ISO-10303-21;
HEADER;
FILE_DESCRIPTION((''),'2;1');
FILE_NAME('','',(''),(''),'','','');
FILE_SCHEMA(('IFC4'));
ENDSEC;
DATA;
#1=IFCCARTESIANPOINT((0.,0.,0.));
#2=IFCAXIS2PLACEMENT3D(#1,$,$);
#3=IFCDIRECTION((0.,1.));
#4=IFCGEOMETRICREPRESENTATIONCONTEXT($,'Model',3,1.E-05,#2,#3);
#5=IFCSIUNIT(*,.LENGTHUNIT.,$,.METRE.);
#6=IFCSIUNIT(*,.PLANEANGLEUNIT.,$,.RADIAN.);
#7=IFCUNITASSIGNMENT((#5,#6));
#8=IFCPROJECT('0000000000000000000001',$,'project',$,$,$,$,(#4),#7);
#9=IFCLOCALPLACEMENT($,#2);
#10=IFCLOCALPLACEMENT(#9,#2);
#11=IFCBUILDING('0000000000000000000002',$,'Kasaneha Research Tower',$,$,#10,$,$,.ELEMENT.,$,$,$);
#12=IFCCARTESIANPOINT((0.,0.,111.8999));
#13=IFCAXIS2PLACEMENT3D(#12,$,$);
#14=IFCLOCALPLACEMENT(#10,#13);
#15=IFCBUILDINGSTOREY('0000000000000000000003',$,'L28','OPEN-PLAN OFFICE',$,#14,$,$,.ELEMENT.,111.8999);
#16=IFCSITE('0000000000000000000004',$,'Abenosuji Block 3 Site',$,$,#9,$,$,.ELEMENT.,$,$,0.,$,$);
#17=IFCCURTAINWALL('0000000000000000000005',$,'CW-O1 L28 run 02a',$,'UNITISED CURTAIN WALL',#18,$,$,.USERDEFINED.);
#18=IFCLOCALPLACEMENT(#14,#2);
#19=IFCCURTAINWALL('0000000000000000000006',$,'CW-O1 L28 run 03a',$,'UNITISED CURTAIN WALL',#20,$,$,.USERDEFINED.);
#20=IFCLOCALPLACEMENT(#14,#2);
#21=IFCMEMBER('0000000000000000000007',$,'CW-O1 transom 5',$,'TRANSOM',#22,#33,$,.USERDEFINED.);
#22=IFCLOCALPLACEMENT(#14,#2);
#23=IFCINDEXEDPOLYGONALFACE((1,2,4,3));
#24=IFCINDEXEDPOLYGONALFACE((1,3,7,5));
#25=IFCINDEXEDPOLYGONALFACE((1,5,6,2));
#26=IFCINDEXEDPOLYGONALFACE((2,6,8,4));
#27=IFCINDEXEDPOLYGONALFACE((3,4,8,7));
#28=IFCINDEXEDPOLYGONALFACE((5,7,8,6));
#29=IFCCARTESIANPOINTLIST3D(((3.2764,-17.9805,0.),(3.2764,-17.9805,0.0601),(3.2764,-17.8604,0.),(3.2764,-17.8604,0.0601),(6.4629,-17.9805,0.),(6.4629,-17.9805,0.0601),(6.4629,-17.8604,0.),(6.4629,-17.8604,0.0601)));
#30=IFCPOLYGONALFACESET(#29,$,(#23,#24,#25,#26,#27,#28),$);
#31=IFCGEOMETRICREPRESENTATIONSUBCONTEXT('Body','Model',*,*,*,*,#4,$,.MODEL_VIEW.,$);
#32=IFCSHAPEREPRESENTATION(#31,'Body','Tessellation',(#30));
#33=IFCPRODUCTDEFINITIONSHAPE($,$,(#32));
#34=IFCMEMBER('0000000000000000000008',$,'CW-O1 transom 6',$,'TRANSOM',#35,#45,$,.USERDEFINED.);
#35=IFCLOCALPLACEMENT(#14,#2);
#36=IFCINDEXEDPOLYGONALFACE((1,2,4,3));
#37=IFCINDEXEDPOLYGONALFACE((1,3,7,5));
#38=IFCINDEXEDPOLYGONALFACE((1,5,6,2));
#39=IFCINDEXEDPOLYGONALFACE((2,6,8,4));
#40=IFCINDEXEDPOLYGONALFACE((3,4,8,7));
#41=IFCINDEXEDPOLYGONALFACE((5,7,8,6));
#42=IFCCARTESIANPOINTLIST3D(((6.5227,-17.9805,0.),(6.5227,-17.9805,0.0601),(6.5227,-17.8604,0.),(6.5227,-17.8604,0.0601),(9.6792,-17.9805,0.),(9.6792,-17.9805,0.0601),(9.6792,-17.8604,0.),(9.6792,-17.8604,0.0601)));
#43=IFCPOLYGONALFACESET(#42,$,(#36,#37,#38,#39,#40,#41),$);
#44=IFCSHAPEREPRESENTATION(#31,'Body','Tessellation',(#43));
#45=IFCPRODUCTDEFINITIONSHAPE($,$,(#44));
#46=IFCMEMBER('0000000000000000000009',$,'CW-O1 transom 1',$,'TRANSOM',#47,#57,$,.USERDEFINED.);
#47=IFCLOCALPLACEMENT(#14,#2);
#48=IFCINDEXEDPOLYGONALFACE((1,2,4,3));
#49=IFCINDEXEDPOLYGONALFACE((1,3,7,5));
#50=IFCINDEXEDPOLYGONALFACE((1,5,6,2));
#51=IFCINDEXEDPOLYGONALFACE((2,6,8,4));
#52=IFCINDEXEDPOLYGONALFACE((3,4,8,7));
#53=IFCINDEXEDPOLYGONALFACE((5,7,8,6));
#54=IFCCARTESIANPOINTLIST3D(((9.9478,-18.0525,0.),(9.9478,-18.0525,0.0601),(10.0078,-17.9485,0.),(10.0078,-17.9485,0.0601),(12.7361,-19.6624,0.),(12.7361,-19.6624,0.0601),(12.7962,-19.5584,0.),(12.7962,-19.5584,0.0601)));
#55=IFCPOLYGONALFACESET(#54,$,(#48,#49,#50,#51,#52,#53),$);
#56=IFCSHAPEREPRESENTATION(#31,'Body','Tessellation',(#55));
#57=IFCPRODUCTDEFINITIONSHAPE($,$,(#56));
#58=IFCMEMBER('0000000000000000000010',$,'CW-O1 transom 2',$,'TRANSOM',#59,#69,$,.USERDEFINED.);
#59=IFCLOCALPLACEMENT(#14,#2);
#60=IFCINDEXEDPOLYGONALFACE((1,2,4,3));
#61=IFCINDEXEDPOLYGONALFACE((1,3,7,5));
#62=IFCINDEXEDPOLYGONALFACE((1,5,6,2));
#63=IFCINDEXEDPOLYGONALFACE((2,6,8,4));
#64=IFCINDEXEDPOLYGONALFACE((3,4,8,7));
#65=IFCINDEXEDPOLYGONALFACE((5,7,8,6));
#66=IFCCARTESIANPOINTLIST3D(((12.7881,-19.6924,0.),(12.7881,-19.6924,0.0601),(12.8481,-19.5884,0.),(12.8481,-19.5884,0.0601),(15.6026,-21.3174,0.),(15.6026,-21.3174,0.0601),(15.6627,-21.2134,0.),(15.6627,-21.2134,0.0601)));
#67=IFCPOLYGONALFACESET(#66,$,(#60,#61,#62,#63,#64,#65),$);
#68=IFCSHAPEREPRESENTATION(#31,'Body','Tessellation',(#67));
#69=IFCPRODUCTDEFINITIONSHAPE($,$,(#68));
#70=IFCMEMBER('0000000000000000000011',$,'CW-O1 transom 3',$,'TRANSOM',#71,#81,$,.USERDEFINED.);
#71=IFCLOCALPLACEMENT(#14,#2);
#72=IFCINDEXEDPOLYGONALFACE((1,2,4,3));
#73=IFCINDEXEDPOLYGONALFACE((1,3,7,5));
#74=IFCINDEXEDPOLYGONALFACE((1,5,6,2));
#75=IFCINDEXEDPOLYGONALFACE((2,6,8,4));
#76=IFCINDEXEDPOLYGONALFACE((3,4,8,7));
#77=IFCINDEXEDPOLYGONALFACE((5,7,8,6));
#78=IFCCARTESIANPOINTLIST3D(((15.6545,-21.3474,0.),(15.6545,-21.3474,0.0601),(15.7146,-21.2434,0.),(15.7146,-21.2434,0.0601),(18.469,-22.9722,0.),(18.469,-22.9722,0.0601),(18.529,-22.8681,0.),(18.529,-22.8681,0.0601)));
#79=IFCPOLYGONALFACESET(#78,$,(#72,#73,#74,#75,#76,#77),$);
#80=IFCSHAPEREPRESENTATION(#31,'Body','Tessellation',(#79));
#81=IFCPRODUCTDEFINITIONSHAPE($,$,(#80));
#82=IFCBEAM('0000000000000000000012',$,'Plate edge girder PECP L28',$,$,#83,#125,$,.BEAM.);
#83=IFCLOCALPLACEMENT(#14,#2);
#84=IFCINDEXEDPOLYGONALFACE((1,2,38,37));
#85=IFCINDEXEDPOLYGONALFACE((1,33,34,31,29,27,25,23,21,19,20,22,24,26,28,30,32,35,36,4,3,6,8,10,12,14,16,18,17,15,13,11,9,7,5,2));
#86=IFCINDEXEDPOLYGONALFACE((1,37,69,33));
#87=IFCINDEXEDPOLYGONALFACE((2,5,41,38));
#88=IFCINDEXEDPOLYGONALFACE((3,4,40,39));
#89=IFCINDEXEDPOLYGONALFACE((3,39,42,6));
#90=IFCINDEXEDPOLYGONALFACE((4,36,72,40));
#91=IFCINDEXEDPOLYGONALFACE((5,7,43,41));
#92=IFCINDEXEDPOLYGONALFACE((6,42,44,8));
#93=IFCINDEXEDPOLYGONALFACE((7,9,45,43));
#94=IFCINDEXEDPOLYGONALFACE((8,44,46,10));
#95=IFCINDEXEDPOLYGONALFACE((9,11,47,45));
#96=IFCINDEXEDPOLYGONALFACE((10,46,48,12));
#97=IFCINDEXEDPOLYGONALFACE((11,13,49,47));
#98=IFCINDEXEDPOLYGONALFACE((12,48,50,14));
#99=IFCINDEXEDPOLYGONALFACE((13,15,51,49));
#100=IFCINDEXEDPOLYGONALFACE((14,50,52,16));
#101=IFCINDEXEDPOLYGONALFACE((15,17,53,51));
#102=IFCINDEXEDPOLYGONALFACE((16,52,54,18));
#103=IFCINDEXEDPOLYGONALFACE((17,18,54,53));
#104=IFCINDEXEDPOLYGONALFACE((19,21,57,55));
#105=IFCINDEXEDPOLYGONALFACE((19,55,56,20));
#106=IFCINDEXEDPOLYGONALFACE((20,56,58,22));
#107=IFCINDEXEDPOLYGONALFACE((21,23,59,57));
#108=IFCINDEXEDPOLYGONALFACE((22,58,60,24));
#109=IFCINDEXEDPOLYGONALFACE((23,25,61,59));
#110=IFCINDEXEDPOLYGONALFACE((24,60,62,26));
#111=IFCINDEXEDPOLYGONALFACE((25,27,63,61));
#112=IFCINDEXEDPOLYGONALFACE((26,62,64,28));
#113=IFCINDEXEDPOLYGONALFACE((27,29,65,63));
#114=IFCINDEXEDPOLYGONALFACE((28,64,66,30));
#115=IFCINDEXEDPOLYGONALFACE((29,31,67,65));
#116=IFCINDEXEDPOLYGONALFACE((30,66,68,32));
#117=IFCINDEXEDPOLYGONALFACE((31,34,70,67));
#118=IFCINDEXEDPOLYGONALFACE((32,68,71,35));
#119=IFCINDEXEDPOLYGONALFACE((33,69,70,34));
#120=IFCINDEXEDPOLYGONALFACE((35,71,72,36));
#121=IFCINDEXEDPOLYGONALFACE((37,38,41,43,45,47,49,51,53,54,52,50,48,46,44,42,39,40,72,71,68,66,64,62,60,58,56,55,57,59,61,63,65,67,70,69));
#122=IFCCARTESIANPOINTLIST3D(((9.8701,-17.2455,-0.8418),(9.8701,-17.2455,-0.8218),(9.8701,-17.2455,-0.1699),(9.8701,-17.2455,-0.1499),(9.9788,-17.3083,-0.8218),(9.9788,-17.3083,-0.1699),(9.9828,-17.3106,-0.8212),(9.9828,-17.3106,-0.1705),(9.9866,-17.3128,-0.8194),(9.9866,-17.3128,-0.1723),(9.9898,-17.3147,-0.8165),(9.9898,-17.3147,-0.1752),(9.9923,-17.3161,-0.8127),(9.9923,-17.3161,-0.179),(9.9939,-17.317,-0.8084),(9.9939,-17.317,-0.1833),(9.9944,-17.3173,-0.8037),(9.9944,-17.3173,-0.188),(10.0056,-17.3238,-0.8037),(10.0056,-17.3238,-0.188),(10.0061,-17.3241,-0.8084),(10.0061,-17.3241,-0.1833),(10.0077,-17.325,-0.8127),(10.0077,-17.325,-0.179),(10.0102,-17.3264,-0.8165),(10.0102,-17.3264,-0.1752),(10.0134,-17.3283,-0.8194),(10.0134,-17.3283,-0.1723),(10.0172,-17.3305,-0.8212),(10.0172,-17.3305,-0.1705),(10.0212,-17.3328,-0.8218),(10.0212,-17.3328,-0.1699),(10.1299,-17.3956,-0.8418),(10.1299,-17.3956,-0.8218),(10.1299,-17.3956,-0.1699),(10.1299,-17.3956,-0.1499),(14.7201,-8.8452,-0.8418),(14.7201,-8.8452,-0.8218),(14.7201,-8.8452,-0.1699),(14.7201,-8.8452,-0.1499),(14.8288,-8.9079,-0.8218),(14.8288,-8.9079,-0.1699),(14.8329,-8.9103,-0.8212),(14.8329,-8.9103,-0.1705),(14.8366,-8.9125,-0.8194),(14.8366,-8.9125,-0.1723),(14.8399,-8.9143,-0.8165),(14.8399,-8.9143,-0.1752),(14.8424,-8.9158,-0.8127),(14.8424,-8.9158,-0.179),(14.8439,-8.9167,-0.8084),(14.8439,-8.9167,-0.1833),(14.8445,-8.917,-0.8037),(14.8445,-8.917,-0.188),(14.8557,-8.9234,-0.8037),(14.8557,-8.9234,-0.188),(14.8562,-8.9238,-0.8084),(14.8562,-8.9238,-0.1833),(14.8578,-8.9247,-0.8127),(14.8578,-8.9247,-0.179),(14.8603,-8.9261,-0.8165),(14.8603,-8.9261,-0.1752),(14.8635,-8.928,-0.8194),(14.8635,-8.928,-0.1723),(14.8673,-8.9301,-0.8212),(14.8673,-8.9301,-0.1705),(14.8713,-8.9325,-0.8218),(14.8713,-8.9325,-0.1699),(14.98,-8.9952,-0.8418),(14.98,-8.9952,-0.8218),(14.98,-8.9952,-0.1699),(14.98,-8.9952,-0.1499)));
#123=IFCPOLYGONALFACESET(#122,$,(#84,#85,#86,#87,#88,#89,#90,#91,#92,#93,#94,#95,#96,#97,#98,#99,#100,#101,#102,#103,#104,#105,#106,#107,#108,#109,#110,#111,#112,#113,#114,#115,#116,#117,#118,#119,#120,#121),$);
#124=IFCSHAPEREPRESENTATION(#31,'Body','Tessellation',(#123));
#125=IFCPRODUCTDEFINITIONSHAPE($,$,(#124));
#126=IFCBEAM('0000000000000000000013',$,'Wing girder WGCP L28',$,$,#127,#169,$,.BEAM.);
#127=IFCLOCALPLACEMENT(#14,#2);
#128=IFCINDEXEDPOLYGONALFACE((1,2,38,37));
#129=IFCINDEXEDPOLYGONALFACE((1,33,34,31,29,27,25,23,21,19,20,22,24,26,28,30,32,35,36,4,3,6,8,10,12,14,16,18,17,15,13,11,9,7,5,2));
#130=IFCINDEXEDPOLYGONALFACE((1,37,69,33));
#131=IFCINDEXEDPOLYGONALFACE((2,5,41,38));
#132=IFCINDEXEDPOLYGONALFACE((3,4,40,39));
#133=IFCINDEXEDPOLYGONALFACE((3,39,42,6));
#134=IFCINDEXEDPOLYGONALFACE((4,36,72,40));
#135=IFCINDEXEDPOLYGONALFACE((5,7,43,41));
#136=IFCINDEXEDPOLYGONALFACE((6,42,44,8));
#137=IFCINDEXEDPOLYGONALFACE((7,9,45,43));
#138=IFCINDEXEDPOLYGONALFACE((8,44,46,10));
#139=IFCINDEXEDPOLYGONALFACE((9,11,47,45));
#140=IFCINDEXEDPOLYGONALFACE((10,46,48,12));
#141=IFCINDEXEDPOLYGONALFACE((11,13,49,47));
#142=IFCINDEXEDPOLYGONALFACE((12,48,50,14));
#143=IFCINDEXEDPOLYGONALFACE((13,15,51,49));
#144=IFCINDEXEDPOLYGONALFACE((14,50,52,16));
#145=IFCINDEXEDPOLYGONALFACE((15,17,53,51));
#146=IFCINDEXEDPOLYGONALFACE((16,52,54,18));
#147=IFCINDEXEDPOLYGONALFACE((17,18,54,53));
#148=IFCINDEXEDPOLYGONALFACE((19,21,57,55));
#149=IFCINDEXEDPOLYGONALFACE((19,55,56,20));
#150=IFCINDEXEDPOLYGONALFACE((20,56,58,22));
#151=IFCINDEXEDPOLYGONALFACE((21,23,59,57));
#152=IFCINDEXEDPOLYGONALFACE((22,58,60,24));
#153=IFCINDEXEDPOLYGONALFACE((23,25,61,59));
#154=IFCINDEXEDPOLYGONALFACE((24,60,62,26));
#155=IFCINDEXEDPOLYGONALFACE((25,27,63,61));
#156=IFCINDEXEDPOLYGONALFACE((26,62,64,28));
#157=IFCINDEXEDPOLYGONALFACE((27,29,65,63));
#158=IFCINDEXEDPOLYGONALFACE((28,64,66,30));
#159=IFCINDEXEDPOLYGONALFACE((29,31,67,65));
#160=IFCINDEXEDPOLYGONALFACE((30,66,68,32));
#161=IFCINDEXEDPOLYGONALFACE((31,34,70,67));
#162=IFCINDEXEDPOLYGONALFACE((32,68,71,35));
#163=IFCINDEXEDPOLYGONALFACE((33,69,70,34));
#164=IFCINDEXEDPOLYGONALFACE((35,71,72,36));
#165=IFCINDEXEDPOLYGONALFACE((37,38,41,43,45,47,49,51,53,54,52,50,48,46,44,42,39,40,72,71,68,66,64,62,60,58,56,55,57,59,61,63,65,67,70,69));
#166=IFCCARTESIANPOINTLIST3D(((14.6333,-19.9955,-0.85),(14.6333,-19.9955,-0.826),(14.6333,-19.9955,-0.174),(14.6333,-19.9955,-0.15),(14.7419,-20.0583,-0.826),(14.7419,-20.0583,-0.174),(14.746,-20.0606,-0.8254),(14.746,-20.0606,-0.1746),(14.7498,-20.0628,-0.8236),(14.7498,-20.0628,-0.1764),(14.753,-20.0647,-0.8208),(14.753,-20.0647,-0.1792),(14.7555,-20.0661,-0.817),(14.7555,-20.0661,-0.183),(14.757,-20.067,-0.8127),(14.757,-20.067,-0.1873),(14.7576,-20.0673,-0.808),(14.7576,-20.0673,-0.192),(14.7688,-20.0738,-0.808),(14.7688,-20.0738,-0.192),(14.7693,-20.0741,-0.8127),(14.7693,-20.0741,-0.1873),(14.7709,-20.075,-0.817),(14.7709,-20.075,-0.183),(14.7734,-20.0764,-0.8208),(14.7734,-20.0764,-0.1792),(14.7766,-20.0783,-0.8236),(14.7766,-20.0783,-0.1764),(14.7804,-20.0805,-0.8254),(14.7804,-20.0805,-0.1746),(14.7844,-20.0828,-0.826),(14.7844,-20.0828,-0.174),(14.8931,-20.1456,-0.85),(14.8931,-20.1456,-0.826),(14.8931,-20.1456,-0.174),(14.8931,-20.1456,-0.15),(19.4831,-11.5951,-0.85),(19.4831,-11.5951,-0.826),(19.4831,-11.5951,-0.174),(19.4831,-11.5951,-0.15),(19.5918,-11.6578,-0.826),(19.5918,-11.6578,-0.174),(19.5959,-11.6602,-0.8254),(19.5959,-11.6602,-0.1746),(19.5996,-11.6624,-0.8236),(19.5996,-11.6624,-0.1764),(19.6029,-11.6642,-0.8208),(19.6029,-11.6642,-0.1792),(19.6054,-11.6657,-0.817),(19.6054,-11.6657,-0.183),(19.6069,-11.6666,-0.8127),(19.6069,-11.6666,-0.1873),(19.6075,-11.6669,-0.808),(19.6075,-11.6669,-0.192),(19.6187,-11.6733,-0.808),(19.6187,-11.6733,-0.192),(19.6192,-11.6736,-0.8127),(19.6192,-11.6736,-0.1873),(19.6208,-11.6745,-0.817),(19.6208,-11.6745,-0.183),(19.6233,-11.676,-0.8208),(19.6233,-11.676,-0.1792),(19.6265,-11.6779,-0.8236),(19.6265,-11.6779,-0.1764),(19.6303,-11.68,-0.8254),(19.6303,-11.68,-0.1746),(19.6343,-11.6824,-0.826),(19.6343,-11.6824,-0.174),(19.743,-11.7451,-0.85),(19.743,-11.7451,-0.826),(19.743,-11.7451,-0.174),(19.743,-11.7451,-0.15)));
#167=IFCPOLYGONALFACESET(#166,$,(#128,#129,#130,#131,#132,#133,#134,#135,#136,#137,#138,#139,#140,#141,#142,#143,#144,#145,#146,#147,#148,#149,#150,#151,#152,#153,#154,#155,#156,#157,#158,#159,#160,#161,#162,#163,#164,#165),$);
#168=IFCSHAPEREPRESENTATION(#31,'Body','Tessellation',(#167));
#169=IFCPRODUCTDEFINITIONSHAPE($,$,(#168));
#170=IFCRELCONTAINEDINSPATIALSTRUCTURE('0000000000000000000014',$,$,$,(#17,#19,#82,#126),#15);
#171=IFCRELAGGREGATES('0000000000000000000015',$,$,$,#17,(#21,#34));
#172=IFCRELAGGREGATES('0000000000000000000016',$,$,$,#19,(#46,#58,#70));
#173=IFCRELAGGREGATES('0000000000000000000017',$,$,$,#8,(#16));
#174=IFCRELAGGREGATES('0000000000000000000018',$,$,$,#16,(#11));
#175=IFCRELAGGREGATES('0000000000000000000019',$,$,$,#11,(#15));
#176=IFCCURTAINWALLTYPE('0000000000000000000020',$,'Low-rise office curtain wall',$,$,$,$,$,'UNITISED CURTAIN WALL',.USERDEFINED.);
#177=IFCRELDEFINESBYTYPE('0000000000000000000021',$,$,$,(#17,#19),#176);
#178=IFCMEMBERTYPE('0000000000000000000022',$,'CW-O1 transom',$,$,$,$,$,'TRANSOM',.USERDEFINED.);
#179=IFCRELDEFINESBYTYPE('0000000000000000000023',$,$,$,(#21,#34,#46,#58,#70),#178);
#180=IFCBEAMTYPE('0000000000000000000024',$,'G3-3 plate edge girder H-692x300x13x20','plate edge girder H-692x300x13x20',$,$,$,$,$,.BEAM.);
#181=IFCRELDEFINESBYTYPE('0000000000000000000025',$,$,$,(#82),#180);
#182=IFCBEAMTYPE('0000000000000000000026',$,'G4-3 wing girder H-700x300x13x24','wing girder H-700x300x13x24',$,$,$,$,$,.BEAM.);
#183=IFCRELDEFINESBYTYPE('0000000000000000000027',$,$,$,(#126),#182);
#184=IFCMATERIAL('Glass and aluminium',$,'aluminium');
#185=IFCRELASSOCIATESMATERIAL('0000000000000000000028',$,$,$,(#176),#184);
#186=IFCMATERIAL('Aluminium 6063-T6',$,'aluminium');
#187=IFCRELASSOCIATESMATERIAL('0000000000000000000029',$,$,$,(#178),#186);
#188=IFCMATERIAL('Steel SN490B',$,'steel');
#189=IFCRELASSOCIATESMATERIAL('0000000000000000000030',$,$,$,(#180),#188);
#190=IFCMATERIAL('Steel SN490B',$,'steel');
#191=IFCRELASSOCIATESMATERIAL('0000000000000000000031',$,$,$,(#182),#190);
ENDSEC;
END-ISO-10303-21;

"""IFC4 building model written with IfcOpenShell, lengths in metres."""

from ifc_helpers import new_model, si_unit, direction, frame, origin, origin_2d, place, context, subcontext, project, spatial, rectangle, i_section, extrude, material, material_profile, profile_set, type_object, element, aggregate, save


model = new_model("IFC4")

# Units and contexts
model_context = context("Model", 3, precision=1e-05, world=origin(), true_north=direction((0.0, 1.0)))
body_context = subcontext(model_context, "Body", "Model", "MODEL_VIEW")
ifc_project = project(units=[si_unit("LENGTHUNIT", "METRE"), si_unit("PLANEANGLEUNIT", "RADIAN")], contexts=[model_context])

# Site, building, storey
site_placement = place(None, origin())
site = spatial("IfcSite", under=ifc_project, at=site_placement, Name="Abenosuji Block 3 Site", CompositionType="ELEMENT", RefElevation=0.0)
building_placement = place(site_placement, origin())
building = spatial("IfcBuilding", under=site, at=building_placement, Name="Kasaneha Research Tower", CompositionType="ELEMENT")
storey_placement = place(building_placement, frame((0.0, 0.0, 111.8999)))
storey = spatial("IfcBuildingStorey", under=building, at=storey_placement, Name="L28", Description="OPEN-PLAN OFFICE", CompositionType="ELEMENT", Elevation=111.8999)

# Curtain walls
ifc_material_1 = material(Name="Glass and aluminium", Category="aluminium")
curtain_wall_type = type_object("IfcCurtainWallType", Name="Low-rise office curtain wall", ElementType="UNITISED CURTAIN WALL", PredefinedType="USERDEFINED", material=ifc_material_1)
curtain_wall_1_placement = place(storey_placement, origin())
curtain_wall_1 = element("IfcCurtainWall", 1, at=curtain_wall_1_placement, inside=storey, type_object=curtain_wall_type, Name="CW-O1 L28 run 02a", ObjectType="UNITISED CURTAIN WALL", PredefinedType="USERDEFINED")
curtain_wall_2_placement = place(storey_placement, origin())
curtain_wall_2 = element("IfcCurtainWall", 2, at=curtain_wall_2_placement, inside=storey, type_object=curtain_wall_type, Name="CW-O1 L28 run 03a", ObjectType="UNITISED CURTAIN WALL", PredefinedType="USERDEFINED")

# Members
ifc_material_2 = material(Name="Aluminium 6063-T6", Category="aluminium")
ifc_material_profile_1 = material_profile(ifc_material_2, rectangle(XDim=0.1201, YDim=0.0601, at=origin_2d()), Name="CW-O1 transom 120x60")
ifc_profile_set_1 = profile_set([ifc_material_profile_1], Name="Aluminium 6063-T6")
member_type_1 = type_object("IfcMemberType", Name="CW-O1 transom", ElementType="TRANSOM", PredefinedType="USERDEFINED", material=ifc_profile_set_1)
member_1_placement = place(storey_placement, frame((3.2764, -17.9204, 0.03), z_axis=(1.0, 0.0, 0.0), x_axis=(0.0, 1.0, 0.0)))
member_1 = element("IfcMember", 3, at=member_1_placement, type_object=member_type_1, Name="CW-O1 transom 5", ObjectType="TRANSOM", PredefinedType="USERDEFINED", context=body_context, shape_type="SweptSolid", body=[
    extrude(rectangle(XDim=0.1201, YDim=0.0601, at=origin_2d()), origin(), (0.0, 0.0, 1.0), 3.1865),
])
member_2_placement = place(storey_placement, frame((6.5227, -17.9204, 0.03), z_axis=(1.0, 0.0, 0.0), x_axis=(0.0, 1.0, 0.0)))
member_2 = element("IfcMember", 4, at=member_2_placement, type_object=member_type_1, Name="CW-O1 transom 6", ObjectType="TRANSOM", PredefinedType="USERDEFINED", context=body_context, shape_type="SweptSolid", body=[
    extrude(rectangle(XDim=0.1201, YDim=0.0601, at=origin_2d()), origin(), (0.0, 0.0, 1.0), 3.1565),
])
member_3_placement = place(storey_placement, frame((9.9778, -18.0005, 0.03), z_axis=(0.866023, -0.500005, 0.0), x_axis=(0.500005, 0.866023, 0.0)))
member_3 = element("IfcMember", 5, at=member_3_placement, type_object=member_type_1, Name="CW-O1 transom 1", ObjectType="TRANSOM", PredefinedType="USERDEFINED", context=body_context, shape_type="SweptSolid", body=[
    extrude(rectangle(XDim=0.1201, YDim=0.0601, at=origin_2d()), origin(), (0.0, 0.0, 1.0), 3.2197),
])
member_4_placement = place(storey_placement, frame((12.8181, -19.6404, 0.03), z_axis=(0.866015, -0.500017, 0.0), x_axis=(0.500017, 0.866015, 0.0)))
member_4 = element("IfcMember", 6, at=member_4_placement, type_object=member_type_1, Name="CW-O1 transom 2", ObjectType="TRANSOM", PredefinedType="USERDEFINED", context=body_context, shape_type="SweptSolid", body=[
    extrude(rectangle(XDim=0.1201, YDim=0.0601, at=origin_2d()), origin(), (0.0, 0.0, 1.0), 3.25),
])
member_5_placement = place(storey_placement, frame((15.6846, -21.2954, 0.03), z_axis=(0.866048, -0.499961, 0.0), x_axis=(0.499961, 0.866048, 0.0)))
member_5 = element("IfcMember", 7, at=member_5_placement, type_object=member_type_1, Name="CW-O1 transom 3", ObjectType="TRANSOM", PredefinedType="USERDEFINED", context=body_context, shape_type="SweptSolid", body=[
    extrude(rectangle(XDim=0.1201, YDim=0.0601, at=origin_2d()), origin(), (0.0, 0.0, 1.0), 3.2498),
])

# Beams
ifc_material_3 = material(Name="Steel SN490B", Category="steel")
ifc_material_profile_2 = material_profile(ifc_material_3, i_section(OverallWidth=0.3, OverallDepth=0.6919, WebThickness=0.0129, FlangeThickness=0.02, FilletRadius=0.0181, at=origin_2d()), Name="H-692x300x13x20")
ifc_profile_set_2 = profile_set([ifc_material_profile_2], Name="Steel SN490B")
beam_type_1 = type_object("IfcBeamType", Name="G3-3 plate edge girder H-692x300x13x20", Description="plate edge girder H-692x300x13x20", PredefinedType="BEAM", material=ifc_profile_set_2)
beam_1_placement = place(storey_placement, frame((10.0, -17.3206, -0.4958), z_axis=(0.50001, 0.86602, 0.0), x_axis=(-0.86602, 0.50001, 0.0)))
element("IfcBeam", 8, at=beam_1_placement, inside=storey, type_object=beam_type_1, Name="Plate edge girder PECP L28", PredefinedType="BEAM", context=body_context, shape_type="SweptSolid", body=[
    extrude(i_section(OverallWidth=0.3, OverallDepth=0.6919, WebThickness=0.0129, FlangeThickness=0.02, FilletRadius=0.0181, at=origin_2d()), origin(), (0.0, 0.0, 1.0), 9.7),
])
ifc_material_4 = material(Name="Steel SN490B", Category="steel")
ifc_material_profile_3 = material_profile(ifc_material_4, i_section(OverallWidth=0.3, OverallDepth=0.7, WebThickness=0.0129, FlangeThickness=0.0239, FilletRadius=0.0181, at=origin_2d()), Name="H-700x300x13x24")
ifc_profile_set_3 = profile_set([ifc_material_profile_3], Name="Steel SN490B")
beam_type_2 = type_object("IfcBeamType", Name="G4-3 wing girder H-700x300x13x24", Description="wing girder H-700x300x13x24", PredefinedType="BEAM", material=ifc_profile_set_3)
beam_2_placement = place(storey_placement, frame((14.7632, -20.0706, -0.5), z_axis=(0.499991, 0.866031, 0.0), x_axis=(-0.866031, 0.499991, 0.0)))
element("IfcBeam", 9, at=beam_2_placement, inside=storey, type_object=beam_type_2, Name="Wing girder WGCP L28", PredefinedType="BEAM", context=body_context, shape_type="SweptSolid", body=[
    extrude(i_section(OverallWidth=0.3, OverallDepth=0.7, WebThickness=0.0129, FlangeThickness=0.0239, FilletRadius=0.0181, at=origin_2d()), origin(), (0.0, 0.0, 1.0), 9.7),
])

aggregate(curtain_wall_1, [member_1, member_2])
aggregate(curtain_wall_2, [member_3, member_4, member_5])

save(model, "model.ifc")
